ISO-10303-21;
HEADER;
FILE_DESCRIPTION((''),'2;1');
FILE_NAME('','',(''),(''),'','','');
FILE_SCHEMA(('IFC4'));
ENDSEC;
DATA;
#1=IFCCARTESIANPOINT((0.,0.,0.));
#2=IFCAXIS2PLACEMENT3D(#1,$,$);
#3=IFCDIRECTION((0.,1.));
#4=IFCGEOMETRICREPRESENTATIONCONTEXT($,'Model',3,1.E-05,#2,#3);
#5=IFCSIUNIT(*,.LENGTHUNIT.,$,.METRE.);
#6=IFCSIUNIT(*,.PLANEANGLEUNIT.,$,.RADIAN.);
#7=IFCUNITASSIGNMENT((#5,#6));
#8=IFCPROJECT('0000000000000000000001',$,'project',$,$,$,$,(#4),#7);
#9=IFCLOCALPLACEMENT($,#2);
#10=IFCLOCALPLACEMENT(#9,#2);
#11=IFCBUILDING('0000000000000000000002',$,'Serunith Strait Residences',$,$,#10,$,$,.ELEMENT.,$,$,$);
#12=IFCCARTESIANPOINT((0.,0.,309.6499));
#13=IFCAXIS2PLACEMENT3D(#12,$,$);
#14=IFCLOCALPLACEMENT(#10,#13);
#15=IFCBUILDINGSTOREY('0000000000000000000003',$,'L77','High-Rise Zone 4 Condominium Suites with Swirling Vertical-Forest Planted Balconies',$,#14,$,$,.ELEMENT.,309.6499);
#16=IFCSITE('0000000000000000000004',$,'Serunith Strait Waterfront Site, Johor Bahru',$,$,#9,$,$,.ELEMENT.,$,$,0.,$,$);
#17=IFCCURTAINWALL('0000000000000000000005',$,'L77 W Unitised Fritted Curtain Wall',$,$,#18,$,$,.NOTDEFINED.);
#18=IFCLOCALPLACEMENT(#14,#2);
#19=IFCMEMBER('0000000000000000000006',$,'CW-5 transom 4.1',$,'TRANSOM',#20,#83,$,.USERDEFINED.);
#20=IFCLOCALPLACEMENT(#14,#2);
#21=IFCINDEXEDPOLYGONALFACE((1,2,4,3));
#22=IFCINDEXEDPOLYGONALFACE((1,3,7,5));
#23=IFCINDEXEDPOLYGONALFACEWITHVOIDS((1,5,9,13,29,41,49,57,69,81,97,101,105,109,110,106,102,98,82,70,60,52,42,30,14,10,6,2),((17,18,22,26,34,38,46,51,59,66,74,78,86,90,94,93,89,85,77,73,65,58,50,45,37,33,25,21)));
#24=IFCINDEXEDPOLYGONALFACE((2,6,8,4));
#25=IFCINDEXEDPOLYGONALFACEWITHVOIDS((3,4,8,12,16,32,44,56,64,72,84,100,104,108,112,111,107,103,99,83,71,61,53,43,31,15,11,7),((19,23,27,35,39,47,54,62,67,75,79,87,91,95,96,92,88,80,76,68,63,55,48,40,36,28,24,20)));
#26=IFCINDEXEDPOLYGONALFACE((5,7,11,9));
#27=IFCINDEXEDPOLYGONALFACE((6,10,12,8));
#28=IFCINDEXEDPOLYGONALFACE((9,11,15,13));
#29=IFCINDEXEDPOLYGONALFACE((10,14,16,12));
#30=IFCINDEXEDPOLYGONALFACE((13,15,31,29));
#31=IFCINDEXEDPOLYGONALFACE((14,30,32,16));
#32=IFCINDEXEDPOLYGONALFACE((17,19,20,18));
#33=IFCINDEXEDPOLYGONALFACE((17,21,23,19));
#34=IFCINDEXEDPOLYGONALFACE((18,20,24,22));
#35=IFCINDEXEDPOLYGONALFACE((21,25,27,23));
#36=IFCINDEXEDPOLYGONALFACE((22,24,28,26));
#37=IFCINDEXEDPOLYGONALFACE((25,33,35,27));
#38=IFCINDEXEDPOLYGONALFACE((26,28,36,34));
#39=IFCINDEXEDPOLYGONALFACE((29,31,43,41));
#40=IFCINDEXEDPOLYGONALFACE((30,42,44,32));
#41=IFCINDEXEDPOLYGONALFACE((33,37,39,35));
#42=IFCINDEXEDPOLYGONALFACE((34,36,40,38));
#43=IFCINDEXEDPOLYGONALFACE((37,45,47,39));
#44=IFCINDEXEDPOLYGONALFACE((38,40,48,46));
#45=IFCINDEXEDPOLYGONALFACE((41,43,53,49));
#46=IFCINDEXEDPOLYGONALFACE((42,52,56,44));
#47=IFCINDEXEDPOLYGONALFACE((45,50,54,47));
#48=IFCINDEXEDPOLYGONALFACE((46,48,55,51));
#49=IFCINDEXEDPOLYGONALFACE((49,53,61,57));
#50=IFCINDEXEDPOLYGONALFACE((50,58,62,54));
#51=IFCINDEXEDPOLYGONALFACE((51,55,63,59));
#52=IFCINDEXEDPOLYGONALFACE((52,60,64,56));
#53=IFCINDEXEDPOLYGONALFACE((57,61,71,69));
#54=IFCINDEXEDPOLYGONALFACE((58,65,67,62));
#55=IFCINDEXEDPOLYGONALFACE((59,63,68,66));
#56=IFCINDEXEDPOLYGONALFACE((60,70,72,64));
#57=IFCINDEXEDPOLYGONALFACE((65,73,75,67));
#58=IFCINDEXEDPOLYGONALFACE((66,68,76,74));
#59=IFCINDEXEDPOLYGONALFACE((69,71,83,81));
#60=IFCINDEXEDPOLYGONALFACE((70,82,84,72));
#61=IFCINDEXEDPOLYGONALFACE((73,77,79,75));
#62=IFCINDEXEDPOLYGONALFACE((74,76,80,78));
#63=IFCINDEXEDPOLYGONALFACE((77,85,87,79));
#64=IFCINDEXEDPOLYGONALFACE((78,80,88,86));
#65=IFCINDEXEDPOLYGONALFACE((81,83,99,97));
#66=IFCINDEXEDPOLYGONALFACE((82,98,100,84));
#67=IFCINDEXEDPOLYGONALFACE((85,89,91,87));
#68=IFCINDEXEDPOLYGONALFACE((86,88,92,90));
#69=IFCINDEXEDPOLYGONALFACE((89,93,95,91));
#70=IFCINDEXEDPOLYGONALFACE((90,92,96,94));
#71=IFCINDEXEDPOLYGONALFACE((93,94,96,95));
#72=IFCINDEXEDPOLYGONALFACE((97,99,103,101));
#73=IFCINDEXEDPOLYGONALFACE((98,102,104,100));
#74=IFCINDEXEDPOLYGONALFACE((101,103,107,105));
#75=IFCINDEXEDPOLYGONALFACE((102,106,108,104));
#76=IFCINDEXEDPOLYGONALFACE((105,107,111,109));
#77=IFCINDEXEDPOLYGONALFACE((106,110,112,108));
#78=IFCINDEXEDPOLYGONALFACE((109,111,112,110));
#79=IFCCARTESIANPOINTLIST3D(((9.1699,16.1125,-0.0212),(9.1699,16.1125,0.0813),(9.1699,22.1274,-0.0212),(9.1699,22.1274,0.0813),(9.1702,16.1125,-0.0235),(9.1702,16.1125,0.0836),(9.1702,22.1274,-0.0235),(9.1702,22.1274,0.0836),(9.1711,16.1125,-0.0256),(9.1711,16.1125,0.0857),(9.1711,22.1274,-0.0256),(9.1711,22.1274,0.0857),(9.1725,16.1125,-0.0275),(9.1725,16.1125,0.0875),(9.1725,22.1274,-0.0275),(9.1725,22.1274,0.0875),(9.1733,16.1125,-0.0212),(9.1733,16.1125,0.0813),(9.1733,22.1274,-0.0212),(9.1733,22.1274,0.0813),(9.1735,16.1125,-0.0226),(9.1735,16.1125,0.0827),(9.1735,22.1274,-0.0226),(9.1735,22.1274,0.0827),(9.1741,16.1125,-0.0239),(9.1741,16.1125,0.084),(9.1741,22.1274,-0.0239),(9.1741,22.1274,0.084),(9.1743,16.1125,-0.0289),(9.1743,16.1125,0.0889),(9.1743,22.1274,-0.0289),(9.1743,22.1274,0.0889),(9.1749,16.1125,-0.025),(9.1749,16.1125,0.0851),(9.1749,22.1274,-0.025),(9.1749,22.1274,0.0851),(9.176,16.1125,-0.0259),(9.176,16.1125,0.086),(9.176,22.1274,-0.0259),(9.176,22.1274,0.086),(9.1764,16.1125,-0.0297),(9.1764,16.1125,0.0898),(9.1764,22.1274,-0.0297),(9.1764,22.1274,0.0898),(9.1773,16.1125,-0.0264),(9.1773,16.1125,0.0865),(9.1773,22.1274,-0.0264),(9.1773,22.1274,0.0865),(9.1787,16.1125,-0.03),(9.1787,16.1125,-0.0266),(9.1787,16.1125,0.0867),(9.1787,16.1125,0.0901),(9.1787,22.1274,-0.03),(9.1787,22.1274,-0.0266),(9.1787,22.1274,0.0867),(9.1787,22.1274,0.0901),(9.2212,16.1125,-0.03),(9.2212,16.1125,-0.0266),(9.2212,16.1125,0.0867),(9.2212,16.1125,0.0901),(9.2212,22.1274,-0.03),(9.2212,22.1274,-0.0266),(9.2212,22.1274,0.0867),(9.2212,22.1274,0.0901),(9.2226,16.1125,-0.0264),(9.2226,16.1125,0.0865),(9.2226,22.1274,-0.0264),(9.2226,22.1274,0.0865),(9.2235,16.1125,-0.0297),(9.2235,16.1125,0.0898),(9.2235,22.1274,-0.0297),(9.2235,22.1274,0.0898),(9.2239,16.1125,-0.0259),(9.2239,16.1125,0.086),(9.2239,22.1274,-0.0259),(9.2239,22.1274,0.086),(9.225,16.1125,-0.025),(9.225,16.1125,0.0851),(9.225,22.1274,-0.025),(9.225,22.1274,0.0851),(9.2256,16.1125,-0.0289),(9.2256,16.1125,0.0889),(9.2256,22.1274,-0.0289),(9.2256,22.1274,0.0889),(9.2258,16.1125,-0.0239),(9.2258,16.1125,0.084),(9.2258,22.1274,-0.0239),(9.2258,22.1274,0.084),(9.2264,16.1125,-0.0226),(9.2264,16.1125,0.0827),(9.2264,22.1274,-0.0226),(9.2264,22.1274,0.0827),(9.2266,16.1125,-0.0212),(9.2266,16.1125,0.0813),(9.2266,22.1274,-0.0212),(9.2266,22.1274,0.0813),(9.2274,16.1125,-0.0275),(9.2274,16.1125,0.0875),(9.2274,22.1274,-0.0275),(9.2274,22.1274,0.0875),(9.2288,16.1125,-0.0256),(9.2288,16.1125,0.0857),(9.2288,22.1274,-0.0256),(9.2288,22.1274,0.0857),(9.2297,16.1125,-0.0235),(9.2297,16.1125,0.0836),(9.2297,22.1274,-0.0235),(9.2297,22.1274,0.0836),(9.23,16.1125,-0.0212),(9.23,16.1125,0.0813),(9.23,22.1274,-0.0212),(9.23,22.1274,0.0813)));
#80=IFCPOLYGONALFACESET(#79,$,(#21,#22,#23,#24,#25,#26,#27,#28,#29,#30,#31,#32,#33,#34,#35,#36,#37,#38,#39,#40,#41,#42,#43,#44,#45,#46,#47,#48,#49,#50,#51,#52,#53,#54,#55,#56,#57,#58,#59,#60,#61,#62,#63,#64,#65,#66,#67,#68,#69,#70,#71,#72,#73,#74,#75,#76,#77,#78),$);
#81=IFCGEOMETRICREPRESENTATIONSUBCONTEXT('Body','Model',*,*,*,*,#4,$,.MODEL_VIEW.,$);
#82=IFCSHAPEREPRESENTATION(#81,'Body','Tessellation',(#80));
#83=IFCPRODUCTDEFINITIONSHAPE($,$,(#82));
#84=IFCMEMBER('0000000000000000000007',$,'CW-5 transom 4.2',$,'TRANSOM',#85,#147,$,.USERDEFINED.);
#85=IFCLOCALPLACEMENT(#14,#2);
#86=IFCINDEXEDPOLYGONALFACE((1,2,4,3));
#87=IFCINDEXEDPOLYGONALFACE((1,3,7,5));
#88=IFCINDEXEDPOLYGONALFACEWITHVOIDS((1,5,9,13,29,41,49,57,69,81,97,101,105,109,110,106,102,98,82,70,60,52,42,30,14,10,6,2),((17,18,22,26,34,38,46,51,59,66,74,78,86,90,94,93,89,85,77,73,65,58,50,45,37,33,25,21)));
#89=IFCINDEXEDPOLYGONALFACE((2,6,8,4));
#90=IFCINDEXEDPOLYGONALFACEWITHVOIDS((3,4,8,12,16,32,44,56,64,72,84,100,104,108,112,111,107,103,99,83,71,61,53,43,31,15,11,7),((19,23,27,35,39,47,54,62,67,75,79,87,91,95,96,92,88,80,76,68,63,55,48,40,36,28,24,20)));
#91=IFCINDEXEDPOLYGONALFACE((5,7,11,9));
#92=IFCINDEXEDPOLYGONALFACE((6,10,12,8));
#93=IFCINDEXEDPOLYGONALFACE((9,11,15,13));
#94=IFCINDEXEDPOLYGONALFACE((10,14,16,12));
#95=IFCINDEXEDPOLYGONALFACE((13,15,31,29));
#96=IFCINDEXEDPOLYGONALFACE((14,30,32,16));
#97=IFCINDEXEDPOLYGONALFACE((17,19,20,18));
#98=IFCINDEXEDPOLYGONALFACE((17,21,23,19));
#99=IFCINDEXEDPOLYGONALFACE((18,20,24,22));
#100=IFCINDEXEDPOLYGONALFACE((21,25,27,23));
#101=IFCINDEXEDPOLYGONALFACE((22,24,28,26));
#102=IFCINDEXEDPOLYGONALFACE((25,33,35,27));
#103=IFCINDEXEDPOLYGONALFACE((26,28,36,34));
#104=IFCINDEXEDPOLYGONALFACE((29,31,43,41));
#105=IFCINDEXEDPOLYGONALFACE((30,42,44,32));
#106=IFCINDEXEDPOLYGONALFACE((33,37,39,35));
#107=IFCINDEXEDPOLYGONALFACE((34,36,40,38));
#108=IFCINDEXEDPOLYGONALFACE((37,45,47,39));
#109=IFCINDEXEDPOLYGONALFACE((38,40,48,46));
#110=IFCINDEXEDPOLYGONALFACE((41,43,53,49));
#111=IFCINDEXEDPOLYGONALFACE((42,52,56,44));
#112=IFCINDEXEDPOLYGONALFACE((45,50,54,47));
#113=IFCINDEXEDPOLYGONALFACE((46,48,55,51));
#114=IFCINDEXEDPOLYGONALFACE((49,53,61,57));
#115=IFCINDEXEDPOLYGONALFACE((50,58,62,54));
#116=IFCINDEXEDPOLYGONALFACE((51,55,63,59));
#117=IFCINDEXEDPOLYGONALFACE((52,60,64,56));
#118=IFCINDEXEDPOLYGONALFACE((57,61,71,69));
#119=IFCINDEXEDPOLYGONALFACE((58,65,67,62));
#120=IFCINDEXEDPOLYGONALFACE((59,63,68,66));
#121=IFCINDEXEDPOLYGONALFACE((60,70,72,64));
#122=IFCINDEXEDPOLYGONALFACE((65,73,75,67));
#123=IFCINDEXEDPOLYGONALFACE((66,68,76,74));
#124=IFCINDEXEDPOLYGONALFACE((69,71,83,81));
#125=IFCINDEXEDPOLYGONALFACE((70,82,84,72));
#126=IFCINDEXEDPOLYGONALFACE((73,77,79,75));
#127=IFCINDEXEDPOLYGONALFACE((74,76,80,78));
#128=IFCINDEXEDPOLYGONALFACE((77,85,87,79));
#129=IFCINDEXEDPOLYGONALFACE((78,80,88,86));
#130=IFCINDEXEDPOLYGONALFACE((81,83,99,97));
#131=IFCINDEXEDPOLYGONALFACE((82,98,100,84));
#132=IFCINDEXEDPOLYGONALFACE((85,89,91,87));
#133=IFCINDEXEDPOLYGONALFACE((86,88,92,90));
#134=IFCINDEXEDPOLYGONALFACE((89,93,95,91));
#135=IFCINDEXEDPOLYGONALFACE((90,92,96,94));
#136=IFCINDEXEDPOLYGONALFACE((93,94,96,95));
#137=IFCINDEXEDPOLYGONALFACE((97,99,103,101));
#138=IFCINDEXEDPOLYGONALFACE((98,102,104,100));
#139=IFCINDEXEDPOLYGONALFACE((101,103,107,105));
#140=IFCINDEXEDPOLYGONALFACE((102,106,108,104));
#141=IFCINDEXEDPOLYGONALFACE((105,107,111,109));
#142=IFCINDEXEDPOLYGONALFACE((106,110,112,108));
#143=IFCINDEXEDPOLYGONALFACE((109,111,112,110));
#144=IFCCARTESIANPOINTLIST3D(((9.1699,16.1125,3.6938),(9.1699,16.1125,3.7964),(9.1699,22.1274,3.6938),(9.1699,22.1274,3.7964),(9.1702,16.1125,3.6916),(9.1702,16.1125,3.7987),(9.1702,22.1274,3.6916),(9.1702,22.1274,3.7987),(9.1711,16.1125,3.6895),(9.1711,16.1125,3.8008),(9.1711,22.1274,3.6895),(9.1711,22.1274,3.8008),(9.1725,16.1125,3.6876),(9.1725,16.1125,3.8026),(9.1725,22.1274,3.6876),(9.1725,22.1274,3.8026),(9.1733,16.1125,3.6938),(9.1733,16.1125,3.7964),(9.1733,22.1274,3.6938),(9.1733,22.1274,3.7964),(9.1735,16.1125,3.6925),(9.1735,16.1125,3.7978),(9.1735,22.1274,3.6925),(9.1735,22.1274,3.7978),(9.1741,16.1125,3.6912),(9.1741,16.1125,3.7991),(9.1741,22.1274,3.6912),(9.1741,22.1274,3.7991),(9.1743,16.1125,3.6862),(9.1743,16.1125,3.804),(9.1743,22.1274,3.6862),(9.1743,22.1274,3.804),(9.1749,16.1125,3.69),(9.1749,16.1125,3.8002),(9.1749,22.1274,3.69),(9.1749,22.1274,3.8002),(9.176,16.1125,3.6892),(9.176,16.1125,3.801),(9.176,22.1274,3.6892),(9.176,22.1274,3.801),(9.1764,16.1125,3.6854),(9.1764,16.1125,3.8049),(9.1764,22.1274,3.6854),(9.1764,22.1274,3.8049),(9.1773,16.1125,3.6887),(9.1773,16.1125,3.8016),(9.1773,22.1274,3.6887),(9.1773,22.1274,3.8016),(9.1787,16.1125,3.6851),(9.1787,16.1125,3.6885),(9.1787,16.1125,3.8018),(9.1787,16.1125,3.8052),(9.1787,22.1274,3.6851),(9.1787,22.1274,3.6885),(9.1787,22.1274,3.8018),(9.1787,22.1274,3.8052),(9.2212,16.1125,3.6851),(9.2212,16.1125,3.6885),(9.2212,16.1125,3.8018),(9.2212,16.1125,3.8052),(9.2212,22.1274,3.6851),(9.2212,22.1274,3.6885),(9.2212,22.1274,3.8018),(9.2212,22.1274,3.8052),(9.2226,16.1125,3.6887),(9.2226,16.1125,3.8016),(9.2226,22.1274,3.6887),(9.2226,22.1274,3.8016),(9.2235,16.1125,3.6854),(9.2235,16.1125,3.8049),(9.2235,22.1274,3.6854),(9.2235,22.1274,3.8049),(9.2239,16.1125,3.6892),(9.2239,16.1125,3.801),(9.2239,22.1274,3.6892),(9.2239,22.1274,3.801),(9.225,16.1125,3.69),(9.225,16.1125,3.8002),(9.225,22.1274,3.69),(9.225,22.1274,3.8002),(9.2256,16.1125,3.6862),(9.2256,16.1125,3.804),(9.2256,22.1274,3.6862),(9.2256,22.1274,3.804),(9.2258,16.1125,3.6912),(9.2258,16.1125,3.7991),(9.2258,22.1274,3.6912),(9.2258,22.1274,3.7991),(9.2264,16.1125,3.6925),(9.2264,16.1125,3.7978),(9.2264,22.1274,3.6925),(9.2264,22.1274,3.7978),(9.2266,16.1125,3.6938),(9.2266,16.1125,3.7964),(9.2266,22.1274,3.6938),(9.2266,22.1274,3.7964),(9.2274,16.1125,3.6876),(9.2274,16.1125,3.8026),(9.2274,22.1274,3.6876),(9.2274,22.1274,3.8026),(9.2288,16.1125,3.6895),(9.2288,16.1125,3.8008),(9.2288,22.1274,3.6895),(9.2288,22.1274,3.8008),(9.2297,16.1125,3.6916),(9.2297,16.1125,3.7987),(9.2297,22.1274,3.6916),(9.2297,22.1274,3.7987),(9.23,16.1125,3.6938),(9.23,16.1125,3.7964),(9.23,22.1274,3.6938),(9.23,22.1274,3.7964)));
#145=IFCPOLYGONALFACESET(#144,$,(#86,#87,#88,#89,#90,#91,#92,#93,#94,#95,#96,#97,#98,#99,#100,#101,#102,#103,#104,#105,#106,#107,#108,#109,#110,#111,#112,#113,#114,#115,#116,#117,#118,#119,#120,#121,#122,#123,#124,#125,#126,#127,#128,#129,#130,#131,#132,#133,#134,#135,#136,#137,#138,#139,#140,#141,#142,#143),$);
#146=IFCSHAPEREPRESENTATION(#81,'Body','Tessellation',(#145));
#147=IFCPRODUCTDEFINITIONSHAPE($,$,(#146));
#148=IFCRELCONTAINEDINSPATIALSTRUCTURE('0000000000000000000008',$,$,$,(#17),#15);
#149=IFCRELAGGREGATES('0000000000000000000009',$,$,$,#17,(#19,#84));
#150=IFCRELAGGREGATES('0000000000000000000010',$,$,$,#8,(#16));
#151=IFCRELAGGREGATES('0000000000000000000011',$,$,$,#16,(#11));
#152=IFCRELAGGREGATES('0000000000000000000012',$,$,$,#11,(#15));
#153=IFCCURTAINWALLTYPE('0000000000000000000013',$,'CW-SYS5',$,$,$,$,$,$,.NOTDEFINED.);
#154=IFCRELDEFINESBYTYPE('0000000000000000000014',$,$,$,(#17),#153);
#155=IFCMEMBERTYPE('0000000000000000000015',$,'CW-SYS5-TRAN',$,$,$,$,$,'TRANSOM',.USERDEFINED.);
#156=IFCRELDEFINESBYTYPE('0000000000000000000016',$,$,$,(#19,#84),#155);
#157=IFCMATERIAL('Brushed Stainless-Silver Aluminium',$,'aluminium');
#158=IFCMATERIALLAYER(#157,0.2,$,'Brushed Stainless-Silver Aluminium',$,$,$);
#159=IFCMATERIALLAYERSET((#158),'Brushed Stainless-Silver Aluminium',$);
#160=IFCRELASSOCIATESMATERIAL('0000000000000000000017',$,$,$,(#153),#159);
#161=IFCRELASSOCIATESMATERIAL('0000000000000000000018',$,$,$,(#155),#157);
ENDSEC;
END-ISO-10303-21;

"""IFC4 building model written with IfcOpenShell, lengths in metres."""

from ifc_helpers import new_model, si_unit, direction, frame, origin, origin_2d, place, context, subcontext, project, spatial, hollow_rectangle, extrude, source, transform, mapped, material, layer, layer_set, material_profile, profile_set, type_object, element, aggregate, save


model = new_model("IFC4")

# Units and contexts
model_context = context("Model", 3, precision=1e-05, world=origin(), true_north=direction((0.0, 1.0)))
body_context = subcontext(model_context, "Body", "Model", "MODEL_VIEW")
ifc_project = project(units=[si_unit("LENGTHUNIT", "METRE"), si_unit("PLANEANGLEUNIT", "RADIAN")], contexts=[model_context])

# Site, building, storey
site_placement = place(None, origin())
site = spatial("IfcSite", under=ifc_project, at=site_placement, Name="Serunith Strait Waterfront Site, Johor Bahru", CompositionType="ELEMENT", RefElevation=0.0)
building_placement = place(site_placement, origin())
building = spatial("IfcBuilding", under=site, at=building_placement, Name="Serunith Strait Residences", CompositionType="ELEMENT")
storey_placement = place(building_placement, frame((0.0, 0.0, 309.6499)))
storey = spatial("IfcBuildingStorey", under=building, at=storey_placement, Name="L77", Description="High-Rise Zone 4 Condominium Suites with Swirling Vertical-Forest Planted Balconies", CompositionType="ELEMENT", Elevation=309.6499)

# Curtain wall, members
ifc_material_1 = material(Name="Brushed Stainless-Silver Aluminium", Category="aluminium")
ifc_layer_1 = layer(ifc_material_1, 0.2, Name="Brushed Stainless-Silver Aluminium")
ifc_layer_set_1 = layer_set([ifc_layer_1], Name="Brushed Stainless-Silver Aluminium")
curtain_wall_type = type_object("IfcCurtainWallType", Name="CW-SYS5", PredefinedType="NOTDEFINED", material=ifc_layer_set_1)
curtain_wall_placement = place(storey_placement, origin())
curtain_wall = element("IfcCurtainWall", 1, at=curtain_wall_placement, inside=storey, type_object=curtain_wall_type, Name="L77 W Unitised Fritted Curtain Wall", PredefinedType="NOTDEFINED")
ifc_material_profile_1 = material_profile(ifc_material_1, hollow_rectangle(XDim=0.0601, YDim=0.1201, WallThickness=0.0034, InnerFilletRadius=0.0054, OuterFilletRadius=0.0088, at=origin_2d()), Name="ALU 120x60x3.5")
ifc_profile_set_1 = profile_set([ifc_material_profile_1], Name="Brushed Stainless-Silver Aluminium")
member_type_1 = type_object("IfcMemberType", Name="CW-SYS5-TRAN", ElementType="TRANSOM", PredefinedType="USERDEFINED", material=ifc_profile_set_1)
shared_shape_1 = source(origin(), body_context, "Body", "SweptSolid", [
    extrude(hollow_rectangle(XDim=0.0601, YDim=0.1201, WallThickness=0.0034, InnerFilletRadius=0.0054, OuterFilletRadius=0.0088, at=origin_2d()), origin(), (0.0, 0.0, 1.0), 6.0149),
])
member_1_placement = place(storey_placement, frame((9.2, 22.1274, 0.03), z_axis=(0.0, -1.0, 0.0), x_axis=(1.0, 0.0, 0.0)))
member_1 = element("IfcMember", 2, at=member_1_placement, type_object=member_type_1, Name="CW-5 transom 4.1", ObjectType="TRANSOM", PredefinedType="USERDEFINED", context=body_context, shape_type="MappedRepresentation", body=[
    mapped(shared_shape_1, transform((0.0, 0.0, 0.0), scale=1.0)),
])
member_2_placement = place(storey_placement, frame((9.2, 22.1274, 3.7451), z_axis=(0.0, -1.0, 0.0), x_axis=(1.0, 0.0, 0.0)))
member_2 = element("IfcMember", 3, at=member_2_placement, type_object=member_type_1, Name="CW-5 transom 4.2", ObjectType="TRANSOM", PredefinedType="USERDEFINED", context=body_context, shape_type="MappedRepresentation", body=[
    mapped(shared_shape_1, transform((0.0, 0.0, 0.0), scale=1.0)),
])
aggregate(curtain_wall, [member_1, member_2])

save(model, "model.ifc")
